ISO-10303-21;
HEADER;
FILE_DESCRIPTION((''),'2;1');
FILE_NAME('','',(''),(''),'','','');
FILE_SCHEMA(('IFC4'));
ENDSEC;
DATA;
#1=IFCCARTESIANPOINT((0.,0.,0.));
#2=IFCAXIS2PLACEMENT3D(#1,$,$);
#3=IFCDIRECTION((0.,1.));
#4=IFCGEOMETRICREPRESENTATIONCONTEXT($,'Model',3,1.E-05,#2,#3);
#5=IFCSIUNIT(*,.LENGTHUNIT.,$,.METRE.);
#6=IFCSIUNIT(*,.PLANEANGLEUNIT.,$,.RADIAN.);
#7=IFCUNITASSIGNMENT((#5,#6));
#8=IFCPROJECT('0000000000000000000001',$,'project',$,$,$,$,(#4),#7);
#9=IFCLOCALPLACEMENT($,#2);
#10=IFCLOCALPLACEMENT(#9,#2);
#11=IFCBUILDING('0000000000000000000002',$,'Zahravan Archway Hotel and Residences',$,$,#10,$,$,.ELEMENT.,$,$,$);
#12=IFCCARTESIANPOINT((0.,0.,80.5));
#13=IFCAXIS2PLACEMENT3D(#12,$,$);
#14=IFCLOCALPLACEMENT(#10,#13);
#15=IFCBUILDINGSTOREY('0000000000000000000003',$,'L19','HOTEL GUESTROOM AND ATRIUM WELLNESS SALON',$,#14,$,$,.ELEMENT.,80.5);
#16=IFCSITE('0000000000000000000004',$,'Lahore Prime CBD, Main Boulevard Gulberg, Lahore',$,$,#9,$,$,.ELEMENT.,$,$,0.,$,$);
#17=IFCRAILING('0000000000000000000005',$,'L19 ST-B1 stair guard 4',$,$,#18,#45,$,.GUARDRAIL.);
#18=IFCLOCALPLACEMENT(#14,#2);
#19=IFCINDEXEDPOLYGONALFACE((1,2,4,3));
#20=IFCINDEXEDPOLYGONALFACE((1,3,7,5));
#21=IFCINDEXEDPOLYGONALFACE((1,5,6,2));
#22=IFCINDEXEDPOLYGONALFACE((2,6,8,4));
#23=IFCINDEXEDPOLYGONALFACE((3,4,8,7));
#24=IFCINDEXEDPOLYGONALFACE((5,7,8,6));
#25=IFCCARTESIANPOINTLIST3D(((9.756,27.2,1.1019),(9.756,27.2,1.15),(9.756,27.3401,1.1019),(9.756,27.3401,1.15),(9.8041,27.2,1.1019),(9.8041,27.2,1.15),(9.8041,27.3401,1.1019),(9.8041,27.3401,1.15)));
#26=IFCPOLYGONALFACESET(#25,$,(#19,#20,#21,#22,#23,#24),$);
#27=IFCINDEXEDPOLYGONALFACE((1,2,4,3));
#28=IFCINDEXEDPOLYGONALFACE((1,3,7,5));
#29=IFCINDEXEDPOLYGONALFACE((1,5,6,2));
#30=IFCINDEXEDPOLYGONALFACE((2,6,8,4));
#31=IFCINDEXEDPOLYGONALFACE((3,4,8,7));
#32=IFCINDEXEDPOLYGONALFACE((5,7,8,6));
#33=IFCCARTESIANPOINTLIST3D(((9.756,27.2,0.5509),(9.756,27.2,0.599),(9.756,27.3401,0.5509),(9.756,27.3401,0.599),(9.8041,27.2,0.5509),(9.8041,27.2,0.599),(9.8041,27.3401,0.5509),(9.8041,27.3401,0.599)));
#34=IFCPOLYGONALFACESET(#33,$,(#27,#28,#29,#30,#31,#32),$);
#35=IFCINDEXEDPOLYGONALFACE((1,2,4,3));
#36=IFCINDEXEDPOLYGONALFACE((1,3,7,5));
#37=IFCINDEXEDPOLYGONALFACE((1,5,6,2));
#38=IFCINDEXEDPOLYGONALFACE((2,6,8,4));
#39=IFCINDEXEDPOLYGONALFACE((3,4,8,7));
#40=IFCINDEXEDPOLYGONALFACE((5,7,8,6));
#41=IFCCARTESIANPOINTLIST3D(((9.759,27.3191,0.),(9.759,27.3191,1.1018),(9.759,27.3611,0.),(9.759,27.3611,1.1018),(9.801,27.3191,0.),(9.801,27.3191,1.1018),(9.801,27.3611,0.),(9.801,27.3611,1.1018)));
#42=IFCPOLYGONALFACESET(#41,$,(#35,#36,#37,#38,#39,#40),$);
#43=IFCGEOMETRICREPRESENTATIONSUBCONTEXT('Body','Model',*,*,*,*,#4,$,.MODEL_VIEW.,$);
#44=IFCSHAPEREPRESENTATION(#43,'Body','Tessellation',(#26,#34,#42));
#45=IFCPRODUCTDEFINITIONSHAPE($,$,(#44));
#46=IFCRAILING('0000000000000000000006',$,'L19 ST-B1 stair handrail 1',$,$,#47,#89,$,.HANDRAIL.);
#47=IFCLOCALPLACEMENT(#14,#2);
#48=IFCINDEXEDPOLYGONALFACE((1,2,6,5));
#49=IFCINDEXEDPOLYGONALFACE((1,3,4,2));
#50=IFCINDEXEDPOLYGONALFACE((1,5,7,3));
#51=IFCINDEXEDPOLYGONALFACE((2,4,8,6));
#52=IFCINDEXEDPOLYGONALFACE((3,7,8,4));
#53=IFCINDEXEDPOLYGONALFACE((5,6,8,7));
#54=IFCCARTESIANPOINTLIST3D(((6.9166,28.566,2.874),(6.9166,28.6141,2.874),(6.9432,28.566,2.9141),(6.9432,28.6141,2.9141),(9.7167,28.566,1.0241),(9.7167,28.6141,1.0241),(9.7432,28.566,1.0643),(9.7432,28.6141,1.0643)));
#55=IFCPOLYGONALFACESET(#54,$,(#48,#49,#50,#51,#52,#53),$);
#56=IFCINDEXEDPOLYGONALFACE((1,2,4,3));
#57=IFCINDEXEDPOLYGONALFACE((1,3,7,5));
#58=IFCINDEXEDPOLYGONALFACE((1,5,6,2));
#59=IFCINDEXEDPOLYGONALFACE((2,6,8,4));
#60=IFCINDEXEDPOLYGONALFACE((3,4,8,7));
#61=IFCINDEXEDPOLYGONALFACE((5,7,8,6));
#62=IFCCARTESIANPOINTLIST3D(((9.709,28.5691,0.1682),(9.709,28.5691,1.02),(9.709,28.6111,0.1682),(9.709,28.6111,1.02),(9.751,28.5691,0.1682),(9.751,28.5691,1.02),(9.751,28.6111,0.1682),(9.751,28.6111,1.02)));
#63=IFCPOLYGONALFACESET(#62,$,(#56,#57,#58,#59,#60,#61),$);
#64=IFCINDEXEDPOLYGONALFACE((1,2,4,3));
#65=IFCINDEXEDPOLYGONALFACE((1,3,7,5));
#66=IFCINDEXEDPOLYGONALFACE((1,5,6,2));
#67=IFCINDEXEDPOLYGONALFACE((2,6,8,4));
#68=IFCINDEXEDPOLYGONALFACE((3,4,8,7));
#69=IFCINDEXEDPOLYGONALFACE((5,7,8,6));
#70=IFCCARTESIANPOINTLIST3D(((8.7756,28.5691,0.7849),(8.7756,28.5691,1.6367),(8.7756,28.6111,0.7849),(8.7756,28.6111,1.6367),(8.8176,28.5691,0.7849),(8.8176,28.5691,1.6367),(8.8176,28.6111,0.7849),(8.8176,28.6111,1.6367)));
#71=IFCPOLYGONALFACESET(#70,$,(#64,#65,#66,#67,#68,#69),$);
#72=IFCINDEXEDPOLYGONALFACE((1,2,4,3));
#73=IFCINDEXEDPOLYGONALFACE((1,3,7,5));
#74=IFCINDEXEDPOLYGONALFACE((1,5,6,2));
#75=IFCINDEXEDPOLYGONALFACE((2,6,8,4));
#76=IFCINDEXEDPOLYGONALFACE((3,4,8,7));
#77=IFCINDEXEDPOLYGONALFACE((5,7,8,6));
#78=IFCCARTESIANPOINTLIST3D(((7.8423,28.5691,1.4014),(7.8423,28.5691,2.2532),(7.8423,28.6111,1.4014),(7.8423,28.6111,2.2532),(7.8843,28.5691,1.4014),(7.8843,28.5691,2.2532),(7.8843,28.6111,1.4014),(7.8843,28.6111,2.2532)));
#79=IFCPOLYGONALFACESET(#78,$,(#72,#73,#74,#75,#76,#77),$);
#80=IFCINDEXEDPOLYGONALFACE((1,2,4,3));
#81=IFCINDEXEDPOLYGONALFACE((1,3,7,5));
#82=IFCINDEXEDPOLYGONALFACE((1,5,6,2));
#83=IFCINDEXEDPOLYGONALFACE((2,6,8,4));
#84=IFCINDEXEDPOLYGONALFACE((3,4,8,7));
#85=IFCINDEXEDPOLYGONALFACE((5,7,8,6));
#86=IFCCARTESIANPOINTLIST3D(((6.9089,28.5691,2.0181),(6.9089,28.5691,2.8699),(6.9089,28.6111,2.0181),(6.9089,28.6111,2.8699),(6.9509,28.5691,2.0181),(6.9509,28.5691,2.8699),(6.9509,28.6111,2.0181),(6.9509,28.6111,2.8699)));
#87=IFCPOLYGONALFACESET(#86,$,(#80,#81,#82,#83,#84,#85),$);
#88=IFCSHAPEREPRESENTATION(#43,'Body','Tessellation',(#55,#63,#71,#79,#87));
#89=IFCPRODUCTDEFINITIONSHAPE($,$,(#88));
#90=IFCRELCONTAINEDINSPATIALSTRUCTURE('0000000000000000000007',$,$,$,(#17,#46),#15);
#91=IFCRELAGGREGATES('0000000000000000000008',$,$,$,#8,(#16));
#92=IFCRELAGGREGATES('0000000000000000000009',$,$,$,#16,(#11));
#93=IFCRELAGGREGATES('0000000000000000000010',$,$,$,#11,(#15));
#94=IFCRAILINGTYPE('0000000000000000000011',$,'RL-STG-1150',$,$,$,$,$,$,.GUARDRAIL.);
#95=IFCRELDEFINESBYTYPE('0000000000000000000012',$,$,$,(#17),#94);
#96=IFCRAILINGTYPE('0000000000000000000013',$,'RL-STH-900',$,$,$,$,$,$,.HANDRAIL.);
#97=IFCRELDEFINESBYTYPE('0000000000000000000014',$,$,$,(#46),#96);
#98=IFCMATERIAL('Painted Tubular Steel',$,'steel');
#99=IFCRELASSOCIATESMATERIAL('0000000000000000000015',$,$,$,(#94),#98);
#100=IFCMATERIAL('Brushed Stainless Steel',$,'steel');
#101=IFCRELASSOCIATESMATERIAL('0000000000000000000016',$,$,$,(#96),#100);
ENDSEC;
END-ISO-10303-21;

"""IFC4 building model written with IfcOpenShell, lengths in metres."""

from ifc_helpers import new_model, si_unit, direction, frame, origin, origin_2d, place, context, subcontext, project, spatial, rectangle, extrude, material, type_object, element, save


model = new_model("IFC4")

# Units and contexts
model_context = context("Model", 3, precision=1e-05, world=origin(), true_north=direction((0.0, 1.0)))
body_context = subcontext(model_context, "Body", "Model", "MODEL_VIEW")
ifc_project = project(units=[si_unit("LENGTHUNIT", "METRE"), si_unit("PLANEANGLEUNIT", "RADIAN")], contexts=[model_context])

# Site, building, storey
site_placement = place(None, origin())
site = spatial("IfcSite", under=ifc_project, at=site_placement, Name="Lahore Prime CBD, Main Boulevard Gulberg, Lahore", CompositionType="ELEMENT", RefElevation=0.0)
building_placement = place(site_placement, origin())
building = spatial("IfcBuilding", under=site, at=building_placement, Name="Zahravan Archway Hotel and Residences", CompositionType="ELEMENT")
storey_placement = place(building_placement, frame((0.0, 0.0, 80.5)))
storey = spatial("IfcBuildingStorey", under=building, at=storey_placement, Name="L19", Description="HOTEL GUESTROOM AND ATRIUM WELLNESS SALON", CompositionType="ELEMENT", Elevation=80.5)

# Shared definitions
ifc_material_1 = material(Name="Brushed Stainless Steel", Category="steel")

# Railings
ifc_material_2 = material(Name="Painted Tubular Steel", Category="steel")
railing_type_1 = type_object("IfcRailingType", Name="RL-STG-1150", PredefinedType="GUARDRAIL", material=ifc_material_2)
railing_1_placement = place(storey_placement, frame((9.78, 27.3401, 0.0)))
element("IfcRailing", 1, at=railing_1_placement, inside=storey, type_object=railing_type_1, Name="L19 ST-B1 stair guard 4", PredefinedType="GUARDRAIL", context=body_context, shape_type="SweptSolid", body=[
    extrude(rectangle(XDim=0.0481, YDim=0.0481, at=origin_2d()), frame((0.0, 0.0, 1.126), z_axis=(0.0, -1.0, 0.0), x_axis=(1.0, 0.0, 0.0)), (0.0, 0.0, 1.0), 0.1401),
    extrude(rectangle(XDim=0.0481, YDim=0.0481, at=origin_2d()), frame((0.0, 0.0, 0.575), z_axis=(0.0, -1.0, 0.0), x_axis=(1.0, 0.0, 0.0)), (0.0, 0.0, 1.0), 0.1401),
    extrude(rectangle(XDim=0.042, YDim=0.042, at=origin_2d()), origin(), (0.0, 0.0, 1.0), 1.1018),
])
railing_type_2 = type_object("IfcRailingType", Name="RL-STH-900", PredefinedType="HANDRAIL", material=ifc_material_1)
railing_2_placement = place(storey_placement, frame((9.73, 28.5901, 0.1682)))
element("IfcRailing", 2, at=railing_2_placement, inside=storey, type_object=railing_type_2, Name="L19 ST-B1 stair handrail 1", PredefinedType="HANDRAIL", context=body_context, shape_type="SweptSolid", body=[
    extrude(rectangle(XDim=0.0481, YDim=0.0481, at=origin_2d()), frame((0.0, 0.0, 0.876), z_axis=(-0.83436, 0.0, 0.55122), x_axis=(0.0, -1.0, 0.0)), (0.0, 0.0, 1.0), 3.356),
    extrude(rectangle(XDim=0.042, YDim=0.042, at=origin_2d()), origin(), (0.0, 0.0, 1.0), 0.8518),
    extrude(rectangle(XDim=0.042, YDim=0.042, at=origin_2d()), frame((-0.9333, 0.0, 0.6167)), (0.0, 0.0, 1.0), 0.8518),
    extrude(rectangle(XDim=0.042, YDim=0.042, at=origin_2d()), frame((-1.8667, 0.0, 1.2332)), (0.0, 0.0, 1.0), 0.8518),
    extrude(rectangle(XDim=0.042, YDim=0.042, at=origin_2d()), frame((-2.8, 0.0, 1.8499)), (0.0, 0.0, 1.0), 0.8518),
])

save(model, "model.ifc")
